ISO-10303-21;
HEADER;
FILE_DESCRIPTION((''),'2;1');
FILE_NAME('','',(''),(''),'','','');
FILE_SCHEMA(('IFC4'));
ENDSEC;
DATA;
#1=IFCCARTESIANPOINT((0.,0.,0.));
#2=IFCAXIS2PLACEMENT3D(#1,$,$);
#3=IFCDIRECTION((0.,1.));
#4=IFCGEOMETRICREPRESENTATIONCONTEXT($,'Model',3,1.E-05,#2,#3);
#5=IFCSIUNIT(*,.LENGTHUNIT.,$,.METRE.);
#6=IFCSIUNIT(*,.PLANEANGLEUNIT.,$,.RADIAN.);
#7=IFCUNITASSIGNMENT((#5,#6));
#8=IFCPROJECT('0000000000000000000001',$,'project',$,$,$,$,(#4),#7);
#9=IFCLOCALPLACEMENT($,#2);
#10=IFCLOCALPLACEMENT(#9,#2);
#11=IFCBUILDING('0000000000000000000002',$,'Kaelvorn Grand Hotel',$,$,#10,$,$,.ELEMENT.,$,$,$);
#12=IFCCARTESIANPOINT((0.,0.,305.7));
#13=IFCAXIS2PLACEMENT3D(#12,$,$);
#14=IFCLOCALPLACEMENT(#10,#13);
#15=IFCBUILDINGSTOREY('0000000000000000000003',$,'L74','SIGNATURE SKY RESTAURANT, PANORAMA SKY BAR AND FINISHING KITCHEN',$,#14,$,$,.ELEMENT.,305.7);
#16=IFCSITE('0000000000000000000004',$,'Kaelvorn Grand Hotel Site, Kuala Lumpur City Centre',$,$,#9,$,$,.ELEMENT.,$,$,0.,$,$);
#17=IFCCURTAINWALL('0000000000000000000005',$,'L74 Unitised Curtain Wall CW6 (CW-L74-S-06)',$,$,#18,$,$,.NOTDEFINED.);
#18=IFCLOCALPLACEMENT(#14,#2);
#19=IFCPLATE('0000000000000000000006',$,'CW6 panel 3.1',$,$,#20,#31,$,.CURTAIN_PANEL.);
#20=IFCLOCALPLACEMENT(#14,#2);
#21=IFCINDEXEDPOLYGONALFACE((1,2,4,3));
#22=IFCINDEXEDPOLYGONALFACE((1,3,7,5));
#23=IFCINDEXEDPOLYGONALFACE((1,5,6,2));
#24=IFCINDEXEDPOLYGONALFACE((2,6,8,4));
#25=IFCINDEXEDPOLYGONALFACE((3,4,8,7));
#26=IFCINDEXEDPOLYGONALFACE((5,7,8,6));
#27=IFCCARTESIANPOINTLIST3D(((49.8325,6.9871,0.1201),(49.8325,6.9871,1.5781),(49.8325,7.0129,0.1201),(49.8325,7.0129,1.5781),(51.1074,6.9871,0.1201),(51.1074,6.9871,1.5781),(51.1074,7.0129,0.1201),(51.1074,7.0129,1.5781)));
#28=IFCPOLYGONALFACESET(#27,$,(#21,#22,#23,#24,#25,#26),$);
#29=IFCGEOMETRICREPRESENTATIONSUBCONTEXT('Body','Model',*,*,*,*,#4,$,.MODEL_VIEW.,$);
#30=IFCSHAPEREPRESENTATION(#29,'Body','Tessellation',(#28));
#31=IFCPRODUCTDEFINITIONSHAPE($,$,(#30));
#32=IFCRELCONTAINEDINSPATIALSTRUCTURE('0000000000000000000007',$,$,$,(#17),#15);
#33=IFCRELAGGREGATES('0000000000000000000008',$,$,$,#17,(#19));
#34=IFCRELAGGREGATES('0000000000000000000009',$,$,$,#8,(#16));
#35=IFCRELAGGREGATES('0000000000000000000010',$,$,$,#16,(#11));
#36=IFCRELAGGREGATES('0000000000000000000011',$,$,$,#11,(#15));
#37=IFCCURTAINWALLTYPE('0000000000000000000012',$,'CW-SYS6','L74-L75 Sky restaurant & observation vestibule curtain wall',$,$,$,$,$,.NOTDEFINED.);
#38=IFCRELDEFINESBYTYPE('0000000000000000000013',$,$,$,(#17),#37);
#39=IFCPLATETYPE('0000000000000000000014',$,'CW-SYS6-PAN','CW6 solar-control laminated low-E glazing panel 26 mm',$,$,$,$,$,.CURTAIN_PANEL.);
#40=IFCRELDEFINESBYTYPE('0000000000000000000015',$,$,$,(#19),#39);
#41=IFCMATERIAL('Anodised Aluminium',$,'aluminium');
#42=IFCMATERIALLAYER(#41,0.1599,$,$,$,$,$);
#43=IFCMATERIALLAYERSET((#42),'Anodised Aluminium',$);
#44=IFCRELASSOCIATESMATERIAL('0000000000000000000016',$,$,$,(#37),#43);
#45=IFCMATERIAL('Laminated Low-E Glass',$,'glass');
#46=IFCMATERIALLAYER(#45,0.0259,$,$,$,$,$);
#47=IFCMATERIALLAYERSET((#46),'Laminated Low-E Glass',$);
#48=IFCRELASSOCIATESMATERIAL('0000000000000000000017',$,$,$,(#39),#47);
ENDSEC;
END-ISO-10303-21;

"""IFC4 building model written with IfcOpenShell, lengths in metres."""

from ifc_helpers import new_model, si_unit, direction, frame, origin, origin_2d, place, context, subcontext, project, spatial, rectangle, extrude, material, layer, layer_set, type_object, element, aggregate, save


model = new_model("IFC4")

# Units and contexts
model_context = context("Model", 3, precision=1e-05, world=origin(), true_north=direction((0.0, 1.0)))
body_context = subcontext(model_context, "Body", "Model", "MODEL_VIEW")
ifc_project = project(units=[si_unit("LENGTHUNIT", "METRE"), si_unit("PLANEANGLEUNIT", "RADIAN")], contexts=[model_context])

# Site, building, storey
site_placement = place(None, origin())
site = spatial("IfcSite", under=ifc_project, at=site_placement, Name="Kaelvorn Grand Hotel Site, Kuala Lumpur City Centre", CompositionType="ELEMENT", RefElevation=0.0)
building_placement = place(site_placement, origin())
building = spatial("IfcBuilding", under=site, at=building_placement, Name="Kaelvorn Grand Hotel", CompositionType="ELEMENT")
storey_placement = place(building_placement, frame((0.0, 0.0, 305.7)))
storey = spatial("IfcBuildingStorey", under=building, at=storey_placement, Name="L74", Description="SIGNATURE SKY RESTAURANT, PANORAMA SKY BAR AND FINISHING KITCHEN", CompositionType="ELEMENT", Elevation=305.7)

# Curtain wall, plate
ifc_material_1 = material(Name="Anodised Aluminium", Category="aluminium")
ifc_layer_1 = layer(ifc_material_1, 0.1599)
ifc_layer_set_1 = layer_set([ifc_layer_1], Name="Anodised Aluminium")
curtain_wall_type = type_object("IfcCurtainWallType", Name="CW-SYS6", Description="L74-L75 Sky restaurant & observation vestibule curtain wall", PredefinedType="NOTDEFINED", material=ifc_layer_set_1)
curtain_wall_placement = place(storey_placement, origin())
curtain_wall = element("IfcCurtainWall", 1, at=curtain_wall_placement, inside=storey, type_object=curtain_wall_type, Name="L74 Unitised Curtain Wall CW6 (CW-L74-S-06)", PredefinedType="NOTDEFINED")
ifc_material_2 = material(Name="Laminated Low-E Glass", Category="glass")
ifc_layer_2 = layer(ifc_material_2, 0.0259)
ifc_layer_set_2 = layer_set([ifc_layer_2], Name="Laminated Low-E Glass")
plate_type = type_object("IfcPlateType", Name="CW-SYS6-PAN", Description="CW6 solar-control laminated low-E glazing panel 26 mm", PredefinedType="CURTAIN_PANEL", material=ifc_layer_set_2)
plate_1_placement = place(storey_placement, frame((50.47, 7.0, 0.1201), z_axis=(0.0, 0.0, 1.0), x_axis=(1.0, 0.0, 0.0)))
plate_1 = element("IfcPlate", 2, at=plate_1_placement, type_object=plate_type, Name="CW6 panel 3.1", PredefinedType="CURTAIN_PANEL", context=body_context, shape_type="SweptSolid", body=[
    extrude(rectangle(XDim=1.2749, YDim=0.0259, at=origin_2d()), origin(), (0.0, 0.0, 1.0), 1.458),
])
aggregate(curtain_wall, [plate_1])

save(model, "model.ifc")
